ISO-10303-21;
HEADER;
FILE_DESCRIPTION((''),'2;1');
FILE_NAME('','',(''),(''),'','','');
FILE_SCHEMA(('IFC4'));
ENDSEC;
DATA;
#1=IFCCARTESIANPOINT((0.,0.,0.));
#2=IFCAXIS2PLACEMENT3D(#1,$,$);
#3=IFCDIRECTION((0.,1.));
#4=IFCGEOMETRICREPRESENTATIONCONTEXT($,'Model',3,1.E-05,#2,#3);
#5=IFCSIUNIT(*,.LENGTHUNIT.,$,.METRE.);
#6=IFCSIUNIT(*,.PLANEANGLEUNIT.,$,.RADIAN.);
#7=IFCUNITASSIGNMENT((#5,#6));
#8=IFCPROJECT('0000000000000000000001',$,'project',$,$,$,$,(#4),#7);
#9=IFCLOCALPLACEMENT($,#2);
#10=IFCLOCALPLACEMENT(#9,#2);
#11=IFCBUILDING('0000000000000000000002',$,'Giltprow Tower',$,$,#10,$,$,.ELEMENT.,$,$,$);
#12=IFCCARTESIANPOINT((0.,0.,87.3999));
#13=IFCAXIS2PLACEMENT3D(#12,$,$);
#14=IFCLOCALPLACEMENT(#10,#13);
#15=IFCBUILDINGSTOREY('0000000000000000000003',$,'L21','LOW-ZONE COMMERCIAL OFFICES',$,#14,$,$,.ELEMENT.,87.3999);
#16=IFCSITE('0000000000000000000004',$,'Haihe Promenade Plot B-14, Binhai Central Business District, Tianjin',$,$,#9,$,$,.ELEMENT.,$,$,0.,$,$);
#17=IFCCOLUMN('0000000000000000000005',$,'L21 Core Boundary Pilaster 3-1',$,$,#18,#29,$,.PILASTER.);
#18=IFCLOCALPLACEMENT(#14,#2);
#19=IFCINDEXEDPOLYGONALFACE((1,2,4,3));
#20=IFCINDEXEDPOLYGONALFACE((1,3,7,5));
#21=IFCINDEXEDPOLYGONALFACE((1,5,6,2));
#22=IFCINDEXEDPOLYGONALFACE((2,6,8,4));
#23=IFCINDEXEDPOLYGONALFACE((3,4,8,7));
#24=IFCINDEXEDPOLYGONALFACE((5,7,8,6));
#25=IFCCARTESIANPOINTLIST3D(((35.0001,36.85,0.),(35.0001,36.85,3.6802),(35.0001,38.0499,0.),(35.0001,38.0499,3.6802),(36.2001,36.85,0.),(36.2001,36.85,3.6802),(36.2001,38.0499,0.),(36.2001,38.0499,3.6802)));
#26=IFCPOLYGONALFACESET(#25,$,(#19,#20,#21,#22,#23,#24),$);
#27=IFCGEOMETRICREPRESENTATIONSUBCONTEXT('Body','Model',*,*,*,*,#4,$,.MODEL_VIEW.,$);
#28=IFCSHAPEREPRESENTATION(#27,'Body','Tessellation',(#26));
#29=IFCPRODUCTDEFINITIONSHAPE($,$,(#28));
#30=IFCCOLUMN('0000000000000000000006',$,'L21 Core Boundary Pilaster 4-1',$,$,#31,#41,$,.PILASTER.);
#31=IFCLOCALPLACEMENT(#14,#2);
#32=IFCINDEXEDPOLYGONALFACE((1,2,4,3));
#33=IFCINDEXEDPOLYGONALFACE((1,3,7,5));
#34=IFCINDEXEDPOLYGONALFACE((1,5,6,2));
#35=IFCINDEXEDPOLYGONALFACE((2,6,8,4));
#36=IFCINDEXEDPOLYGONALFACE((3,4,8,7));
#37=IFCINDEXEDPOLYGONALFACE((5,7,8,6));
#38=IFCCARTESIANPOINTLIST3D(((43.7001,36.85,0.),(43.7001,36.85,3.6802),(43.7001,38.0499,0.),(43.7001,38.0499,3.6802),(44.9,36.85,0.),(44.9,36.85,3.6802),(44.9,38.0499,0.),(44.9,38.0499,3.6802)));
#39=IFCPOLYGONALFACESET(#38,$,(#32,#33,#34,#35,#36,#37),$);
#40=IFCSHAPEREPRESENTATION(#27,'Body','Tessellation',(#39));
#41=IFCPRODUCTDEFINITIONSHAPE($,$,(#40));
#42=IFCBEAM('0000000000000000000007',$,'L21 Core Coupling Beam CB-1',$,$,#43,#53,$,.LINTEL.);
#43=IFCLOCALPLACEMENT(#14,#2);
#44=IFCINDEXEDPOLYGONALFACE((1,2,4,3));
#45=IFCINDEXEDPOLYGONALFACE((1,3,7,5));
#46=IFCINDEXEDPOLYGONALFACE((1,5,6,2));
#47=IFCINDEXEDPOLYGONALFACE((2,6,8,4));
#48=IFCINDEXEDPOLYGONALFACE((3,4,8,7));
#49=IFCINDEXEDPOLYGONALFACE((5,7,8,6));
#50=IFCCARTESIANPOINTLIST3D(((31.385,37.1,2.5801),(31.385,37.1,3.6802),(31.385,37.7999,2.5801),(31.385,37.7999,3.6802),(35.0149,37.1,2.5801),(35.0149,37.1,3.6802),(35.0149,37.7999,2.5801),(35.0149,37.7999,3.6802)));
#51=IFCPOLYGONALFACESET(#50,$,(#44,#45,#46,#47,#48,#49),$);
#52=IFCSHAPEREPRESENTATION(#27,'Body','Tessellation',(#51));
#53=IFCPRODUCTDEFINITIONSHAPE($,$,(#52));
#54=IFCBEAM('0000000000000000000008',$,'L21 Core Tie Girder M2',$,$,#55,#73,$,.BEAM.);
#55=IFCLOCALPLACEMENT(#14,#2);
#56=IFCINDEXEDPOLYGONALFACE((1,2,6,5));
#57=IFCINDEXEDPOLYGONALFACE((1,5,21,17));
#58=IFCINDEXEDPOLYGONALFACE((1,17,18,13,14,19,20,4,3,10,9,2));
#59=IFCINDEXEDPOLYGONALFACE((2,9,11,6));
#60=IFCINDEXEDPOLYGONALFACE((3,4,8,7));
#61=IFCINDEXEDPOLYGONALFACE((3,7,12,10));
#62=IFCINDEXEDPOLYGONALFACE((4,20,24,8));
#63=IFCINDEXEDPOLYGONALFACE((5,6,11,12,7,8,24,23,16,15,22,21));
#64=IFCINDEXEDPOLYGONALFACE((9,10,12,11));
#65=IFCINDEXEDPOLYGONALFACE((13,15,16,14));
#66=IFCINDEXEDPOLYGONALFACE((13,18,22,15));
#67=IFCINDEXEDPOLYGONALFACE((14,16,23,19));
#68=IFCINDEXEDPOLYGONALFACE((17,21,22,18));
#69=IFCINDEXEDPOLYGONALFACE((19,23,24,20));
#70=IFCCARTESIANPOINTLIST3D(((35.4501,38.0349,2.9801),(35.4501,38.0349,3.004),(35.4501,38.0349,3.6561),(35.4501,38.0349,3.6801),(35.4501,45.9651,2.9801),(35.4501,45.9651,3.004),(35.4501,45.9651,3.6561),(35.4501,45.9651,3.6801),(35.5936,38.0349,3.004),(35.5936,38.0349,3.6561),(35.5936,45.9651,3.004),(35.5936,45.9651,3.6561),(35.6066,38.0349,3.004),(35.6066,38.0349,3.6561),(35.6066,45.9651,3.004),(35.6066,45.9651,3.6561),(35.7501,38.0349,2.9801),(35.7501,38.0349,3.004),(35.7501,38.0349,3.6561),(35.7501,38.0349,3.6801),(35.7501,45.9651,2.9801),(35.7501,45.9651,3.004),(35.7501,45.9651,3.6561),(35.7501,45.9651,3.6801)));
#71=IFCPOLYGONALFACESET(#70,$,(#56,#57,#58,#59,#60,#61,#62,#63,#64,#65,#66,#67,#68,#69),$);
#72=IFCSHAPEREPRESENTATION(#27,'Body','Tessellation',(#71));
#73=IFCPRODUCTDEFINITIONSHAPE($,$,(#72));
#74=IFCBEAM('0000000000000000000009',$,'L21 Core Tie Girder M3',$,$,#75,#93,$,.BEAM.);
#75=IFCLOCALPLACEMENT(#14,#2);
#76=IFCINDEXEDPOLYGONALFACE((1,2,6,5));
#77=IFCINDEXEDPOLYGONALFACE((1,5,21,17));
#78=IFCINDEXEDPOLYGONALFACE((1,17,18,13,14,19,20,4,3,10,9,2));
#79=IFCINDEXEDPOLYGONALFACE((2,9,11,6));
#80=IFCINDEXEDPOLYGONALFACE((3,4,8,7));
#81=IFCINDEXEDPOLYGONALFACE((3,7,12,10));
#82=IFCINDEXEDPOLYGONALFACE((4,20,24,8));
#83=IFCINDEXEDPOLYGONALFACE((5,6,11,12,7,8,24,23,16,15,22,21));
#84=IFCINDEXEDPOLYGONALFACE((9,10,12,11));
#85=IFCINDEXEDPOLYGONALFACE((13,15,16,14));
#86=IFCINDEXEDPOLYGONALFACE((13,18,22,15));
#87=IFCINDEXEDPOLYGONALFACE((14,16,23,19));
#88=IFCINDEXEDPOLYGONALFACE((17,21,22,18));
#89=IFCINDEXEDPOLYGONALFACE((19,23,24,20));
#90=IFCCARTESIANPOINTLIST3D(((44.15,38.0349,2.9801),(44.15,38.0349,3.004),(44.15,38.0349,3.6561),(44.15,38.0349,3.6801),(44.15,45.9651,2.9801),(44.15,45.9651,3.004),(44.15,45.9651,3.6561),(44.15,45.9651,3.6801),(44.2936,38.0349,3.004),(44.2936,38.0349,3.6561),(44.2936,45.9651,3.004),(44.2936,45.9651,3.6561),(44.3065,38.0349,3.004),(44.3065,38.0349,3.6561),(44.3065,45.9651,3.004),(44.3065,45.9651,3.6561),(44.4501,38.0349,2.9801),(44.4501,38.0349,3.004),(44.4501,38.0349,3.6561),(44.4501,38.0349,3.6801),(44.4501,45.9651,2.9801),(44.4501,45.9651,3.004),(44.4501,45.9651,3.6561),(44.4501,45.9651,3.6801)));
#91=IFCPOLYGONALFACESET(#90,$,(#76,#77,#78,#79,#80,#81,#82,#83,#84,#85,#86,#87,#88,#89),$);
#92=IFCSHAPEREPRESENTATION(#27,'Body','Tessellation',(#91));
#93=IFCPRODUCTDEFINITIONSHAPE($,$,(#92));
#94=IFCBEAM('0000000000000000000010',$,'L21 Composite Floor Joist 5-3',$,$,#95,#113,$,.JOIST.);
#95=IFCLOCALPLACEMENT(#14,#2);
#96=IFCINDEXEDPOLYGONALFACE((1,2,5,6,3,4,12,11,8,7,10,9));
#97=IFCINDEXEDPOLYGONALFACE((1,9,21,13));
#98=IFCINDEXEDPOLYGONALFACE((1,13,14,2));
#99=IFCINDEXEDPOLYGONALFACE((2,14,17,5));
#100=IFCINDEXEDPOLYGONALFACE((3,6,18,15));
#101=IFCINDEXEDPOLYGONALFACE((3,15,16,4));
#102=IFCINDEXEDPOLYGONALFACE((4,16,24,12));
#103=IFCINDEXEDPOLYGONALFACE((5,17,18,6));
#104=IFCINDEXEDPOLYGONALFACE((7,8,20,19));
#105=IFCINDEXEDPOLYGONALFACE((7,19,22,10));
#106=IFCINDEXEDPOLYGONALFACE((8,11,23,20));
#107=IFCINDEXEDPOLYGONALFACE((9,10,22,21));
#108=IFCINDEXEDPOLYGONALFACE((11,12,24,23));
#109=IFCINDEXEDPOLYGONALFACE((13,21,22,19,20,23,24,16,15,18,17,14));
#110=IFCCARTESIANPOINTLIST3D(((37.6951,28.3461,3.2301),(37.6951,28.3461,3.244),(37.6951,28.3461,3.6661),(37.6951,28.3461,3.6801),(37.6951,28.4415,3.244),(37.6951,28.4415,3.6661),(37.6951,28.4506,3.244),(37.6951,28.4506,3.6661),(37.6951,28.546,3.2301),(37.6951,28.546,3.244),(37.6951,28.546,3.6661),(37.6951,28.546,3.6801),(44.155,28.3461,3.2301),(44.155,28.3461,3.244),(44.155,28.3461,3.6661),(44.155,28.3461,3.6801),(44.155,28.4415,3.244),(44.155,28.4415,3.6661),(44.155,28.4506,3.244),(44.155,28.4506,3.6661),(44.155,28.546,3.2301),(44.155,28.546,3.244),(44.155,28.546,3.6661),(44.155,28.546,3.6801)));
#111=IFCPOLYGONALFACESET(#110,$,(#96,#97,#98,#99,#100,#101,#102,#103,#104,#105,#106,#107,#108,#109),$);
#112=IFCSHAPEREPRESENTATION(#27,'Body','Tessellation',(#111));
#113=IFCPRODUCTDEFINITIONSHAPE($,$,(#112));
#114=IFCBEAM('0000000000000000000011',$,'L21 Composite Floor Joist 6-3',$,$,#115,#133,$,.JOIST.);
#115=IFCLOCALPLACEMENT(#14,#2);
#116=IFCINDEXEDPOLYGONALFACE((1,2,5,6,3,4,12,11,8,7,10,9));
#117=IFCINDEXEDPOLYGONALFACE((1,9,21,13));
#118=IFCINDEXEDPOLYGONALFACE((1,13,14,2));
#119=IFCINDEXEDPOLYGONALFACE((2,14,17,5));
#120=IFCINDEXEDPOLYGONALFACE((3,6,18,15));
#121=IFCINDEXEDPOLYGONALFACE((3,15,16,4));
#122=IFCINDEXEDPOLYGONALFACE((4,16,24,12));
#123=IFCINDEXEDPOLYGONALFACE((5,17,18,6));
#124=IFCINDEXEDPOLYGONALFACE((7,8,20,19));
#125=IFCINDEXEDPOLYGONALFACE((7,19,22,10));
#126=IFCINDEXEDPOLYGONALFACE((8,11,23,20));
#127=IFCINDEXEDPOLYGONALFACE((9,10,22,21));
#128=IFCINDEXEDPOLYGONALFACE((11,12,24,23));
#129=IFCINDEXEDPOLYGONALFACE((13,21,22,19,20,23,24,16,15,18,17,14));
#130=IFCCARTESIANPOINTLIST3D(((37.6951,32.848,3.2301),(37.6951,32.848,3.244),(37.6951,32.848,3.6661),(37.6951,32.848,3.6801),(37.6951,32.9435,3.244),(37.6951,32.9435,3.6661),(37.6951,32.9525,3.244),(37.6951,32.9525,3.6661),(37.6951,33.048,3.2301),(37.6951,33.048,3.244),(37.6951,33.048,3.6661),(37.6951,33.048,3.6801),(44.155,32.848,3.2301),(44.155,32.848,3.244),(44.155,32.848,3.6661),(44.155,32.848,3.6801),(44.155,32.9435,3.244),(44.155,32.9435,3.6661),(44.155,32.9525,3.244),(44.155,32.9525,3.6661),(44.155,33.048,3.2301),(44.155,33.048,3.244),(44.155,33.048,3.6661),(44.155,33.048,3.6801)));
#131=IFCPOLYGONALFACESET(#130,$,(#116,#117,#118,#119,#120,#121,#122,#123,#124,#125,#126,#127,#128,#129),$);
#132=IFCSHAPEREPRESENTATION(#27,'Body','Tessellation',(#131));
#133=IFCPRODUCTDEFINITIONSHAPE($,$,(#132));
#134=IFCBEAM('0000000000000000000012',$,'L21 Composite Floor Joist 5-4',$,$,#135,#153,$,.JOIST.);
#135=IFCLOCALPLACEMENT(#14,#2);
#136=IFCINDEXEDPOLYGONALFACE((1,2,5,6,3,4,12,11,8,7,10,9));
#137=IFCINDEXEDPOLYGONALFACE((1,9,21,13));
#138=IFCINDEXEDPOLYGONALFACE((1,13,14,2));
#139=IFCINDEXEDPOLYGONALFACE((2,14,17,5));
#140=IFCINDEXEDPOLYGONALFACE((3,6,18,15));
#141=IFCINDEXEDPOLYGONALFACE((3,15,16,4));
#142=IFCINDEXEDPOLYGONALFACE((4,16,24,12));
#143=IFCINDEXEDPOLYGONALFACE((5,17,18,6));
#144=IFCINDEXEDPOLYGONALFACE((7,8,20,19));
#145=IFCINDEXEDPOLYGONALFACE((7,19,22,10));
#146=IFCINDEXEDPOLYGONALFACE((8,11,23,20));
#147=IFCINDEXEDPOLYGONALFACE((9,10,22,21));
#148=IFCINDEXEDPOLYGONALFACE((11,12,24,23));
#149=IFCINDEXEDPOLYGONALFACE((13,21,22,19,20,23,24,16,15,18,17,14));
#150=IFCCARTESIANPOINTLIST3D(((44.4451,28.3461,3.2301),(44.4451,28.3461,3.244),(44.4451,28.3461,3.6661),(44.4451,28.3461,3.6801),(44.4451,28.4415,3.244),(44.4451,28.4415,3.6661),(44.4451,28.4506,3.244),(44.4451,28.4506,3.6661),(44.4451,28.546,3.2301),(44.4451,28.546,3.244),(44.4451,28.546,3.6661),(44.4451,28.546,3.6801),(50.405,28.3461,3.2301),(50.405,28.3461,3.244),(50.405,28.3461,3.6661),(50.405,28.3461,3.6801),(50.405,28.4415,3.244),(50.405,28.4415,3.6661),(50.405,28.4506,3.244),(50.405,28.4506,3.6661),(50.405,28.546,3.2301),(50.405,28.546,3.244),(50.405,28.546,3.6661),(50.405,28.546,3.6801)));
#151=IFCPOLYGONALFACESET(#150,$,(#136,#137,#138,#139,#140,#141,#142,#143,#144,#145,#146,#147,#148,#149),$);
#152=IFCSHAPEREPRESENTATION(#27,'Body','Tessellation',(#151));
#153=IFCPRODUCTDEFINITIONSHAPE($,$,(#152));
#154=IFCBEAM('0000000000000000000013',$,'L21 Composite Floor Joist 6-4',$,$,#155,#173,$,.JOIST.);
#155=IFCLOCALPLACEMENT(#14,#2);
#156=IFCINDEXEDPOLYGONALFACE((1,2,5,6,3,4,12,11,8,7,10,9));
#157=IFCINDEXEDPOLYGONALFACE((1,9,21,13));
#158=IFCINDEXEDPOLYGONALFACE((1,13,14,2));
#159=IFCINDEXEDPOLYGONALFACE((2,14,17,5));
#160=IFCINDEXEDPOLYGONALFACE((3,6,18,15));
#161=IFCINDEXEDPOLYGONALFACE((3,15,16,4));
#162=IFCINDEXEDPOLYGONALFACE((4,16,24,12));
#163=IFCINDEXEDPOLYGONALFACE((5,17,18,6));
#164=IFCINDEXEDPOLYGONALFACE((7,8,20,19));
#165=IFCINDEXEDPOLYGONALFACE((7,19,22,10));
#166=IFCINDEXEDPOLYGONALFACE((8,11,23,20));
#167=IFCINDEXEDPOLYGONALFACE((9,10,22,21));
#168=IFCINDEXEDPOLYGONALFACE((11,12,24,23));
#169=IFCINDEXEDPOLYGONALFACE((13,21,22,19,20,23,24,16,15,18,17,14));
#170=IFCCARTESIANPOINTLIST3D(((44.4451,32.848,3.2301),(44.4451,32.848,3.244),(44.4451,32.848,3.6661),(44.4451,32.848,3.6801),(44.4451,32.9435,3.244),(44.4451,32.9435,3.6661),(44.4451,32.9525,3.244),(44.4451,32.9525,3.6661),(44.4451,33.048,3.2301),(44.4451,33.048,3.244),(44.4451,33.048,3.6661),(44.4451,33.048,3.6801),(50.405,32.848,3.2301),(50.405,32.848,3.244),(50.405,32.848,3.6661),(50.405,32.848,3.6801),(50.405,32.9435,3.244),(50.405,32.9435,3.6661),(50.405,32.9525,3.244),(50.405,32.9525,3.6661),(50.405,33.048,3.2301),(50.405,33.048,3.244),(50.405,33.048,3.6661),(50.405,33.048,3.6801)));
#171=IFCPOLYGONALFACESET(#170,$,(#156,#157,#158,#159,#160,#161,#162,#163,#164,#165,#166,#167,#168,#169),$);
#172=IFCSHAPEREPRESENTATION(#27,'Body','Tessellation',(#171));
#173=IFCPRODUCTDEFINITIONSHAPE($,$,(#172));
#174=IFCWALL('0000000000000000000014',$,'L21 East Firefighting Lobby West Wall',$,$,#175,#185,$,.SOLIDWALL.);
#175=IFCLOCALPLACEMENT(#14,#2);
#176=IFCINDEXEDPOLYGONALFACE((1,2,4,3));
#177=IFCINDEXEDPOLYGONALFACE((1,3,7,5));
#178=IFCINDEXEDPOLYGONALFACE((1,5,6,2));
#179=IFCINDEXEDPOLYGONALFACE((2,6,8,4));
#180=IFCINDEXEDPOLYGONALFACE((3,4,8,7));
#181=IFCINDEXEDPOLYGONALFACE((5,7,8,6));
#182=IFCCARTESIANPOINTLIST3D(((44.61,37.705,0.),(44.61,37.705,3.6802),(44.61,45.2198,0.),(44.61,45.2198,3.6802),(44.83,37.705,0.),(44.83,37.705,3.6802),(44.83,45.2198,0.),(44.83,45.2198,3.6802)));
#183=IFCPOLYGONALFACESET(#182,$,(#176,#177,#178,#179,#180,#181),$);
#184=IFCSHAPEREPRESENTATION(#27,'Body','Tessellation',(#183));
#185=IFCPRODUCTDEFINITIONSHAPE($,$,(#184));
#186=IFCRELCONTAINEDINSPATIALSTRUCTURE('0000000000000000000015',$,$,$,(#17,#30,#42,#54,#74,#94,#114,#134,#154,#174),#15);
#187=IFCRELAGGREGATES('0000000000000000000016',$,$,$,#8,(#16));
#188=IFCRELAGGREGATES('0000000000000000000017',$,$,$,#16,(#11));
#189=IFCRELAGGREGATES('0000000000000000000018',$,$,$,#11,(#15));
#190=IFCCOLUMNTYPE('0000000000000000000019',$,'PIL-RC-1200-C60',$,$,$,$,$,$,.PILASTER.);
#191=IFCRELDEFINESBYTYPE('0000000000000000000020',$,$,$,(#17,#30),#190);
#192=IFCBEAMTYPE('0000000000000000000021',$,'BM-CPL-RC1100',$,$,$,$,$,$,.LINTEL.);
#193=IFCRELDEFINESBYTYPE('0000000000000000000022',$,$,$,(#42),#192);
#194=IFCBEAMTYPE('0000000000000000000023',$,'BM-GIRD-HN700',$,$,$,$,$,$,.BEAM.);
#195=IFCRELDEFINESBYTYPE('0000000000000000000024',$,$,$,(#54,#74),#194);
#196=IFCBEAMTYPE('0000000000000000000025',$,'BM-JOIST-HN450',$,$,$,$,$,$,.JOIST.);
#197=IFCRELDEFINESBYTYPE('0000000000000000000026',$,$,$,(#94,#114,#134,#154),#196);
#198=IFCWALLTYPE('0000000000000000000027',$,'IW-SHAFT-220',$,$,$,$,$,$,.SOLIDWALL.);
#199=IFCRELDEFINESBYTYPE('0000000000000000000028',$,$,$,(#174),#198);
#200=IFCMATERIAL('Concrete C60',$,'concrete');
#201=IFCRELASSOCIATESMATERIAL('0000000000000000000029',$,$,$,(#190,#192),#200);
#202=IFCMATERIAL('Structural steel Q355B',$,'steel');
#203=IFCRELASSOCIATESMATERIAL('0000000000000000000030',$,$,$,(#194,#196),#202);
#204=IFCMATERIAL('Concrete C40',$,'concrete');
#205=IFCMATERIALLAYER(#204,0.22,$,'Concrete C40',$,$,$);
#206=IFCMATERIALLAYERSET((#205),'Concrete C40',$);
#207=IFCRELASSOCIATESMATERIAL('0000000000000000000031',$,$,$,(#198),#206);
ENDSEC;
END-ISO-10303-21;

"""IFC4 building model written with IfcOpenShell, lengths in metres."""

from ifc_helpers import new_model, si_unit, direction, frame, frame_2d, origin, origin_2d, place, context, subcontext, project, spatial, rectangle, i_section, extrude, source, transform, mapped, material, layer, layer_set, material_profile, profile_set, type_object, element, save


model = new_model("IFC4")

# Units and contexts
model_context = context("Model", 3, precision=1e-05, world=origin(), true_north=direction((0.0, 1.0)))
body_context = subcontext(model_context, "Body", "Model", "MODEL_VIEW")
ifc_project = project(units=[si_unit("LENGTHUNIT", "METRE"), si_unit("PLANEANGLEUNIT", "RADIAN")], contexts=[model_context])

# Site, building, storey
site_placement = place(None, origin())
site = spatial("IfcSite", under=ifc_project, at=site_placement, Name="Haihe Promenade Plot B-14, Binhai Central Business District, Tianjin", CompositionType="ELEMENT", RefElevation=0.0)
building_placement = place(site_placement, origin())
building = spatial("IfcBuilding", under=site, at=building_placement, Name="Giltprow Tower", CompositionType="ELEMENT")
storey_placement = place(building_placement, frame((0.0, 0.0, 87.3999)))
storey = spatial("IfcBuildingStorey", under=building, at=storey_placement, Name="L21", Description="LOW-ZONE COMMERCIAL OFFICES", CompositionType="ELEMENT", Elevation=87.3999)

# Columns
ifc_material_1 = material(Name="Concrete C60", Category="concrete")
ifc_material_profile_1 = material_profile(ifc_material_1, rectangle(XDim=1.2, YDim=1.2, at=origin_2d()), Name="RC 1200x1200")
ifc_profile_set_1 = profile_set([ifc_material_profile_1], Name="Concrete C60")
column_type = type_object("IfcColumnType", Name="PIL-RC-1200-C60", PredefinedType="PILASTER", material=ifc_profile_set_1)
shared_shape_1 = source(origin(), body_context, "Body", "SweptSolid", [
    extrude(rectangle(XDim=1.2, YDim=1.2, at=origin_2d()), origin(), (0.0, 0.0, 1.0), 3.6802),
])
for number, where, z_axis, x_axis, name in (
    (1, (35.6001, 37.45, 0.0), (0.0, 0.0, 1.0), (1.0, 0.0, 0.0), "L21 Core Boundary Pilaster 3-1"),
    (2, (44.3, 37.45, 0.0), (0.0, 0.0, 1.0), (1.0, 0.0, 0.0), "L21 Core Boundary Pilaster 4-1"),
):
    element("IfcColumn", number, at=place(storey_placement, frame(where, z_axis=z_axis, x_axis=x_axis)), inside=storey, type_object=column_type, Name=name, PredefinedType="PILASTER", context=body_context, shape_type="MappedRepresentation", body=[
        mapped(shared_shape_1, transform((0.0, 0.0, 0.0), x_axis=(1.0, 0.0, 0.0), y_axis=(0.0, 1.0, 0.0), z_axis=(0.0, 0.0, 1.0), scale=1.0)),
    ])

# Beams
ifc_material_profile_2 = material_profile(ifc_material_1, rectangle(XDim=0.7, YDim=1.1001, at=origin_2d()), Name="RC 1100x700")
ifc_profile_set_2 = profile_set([ifc_material_profile_2], Name="Concrete C60")
beam_type_1 = type_object("IfcBeamType", Name="BM-CPL-RC1100", PredefinedType="LINTEL", material=ifc_profile_set_2)
shared_shape_2 = source(origin(), body_context, "Body", "SweptSolid", [
    extrude(rectangle(XDim=0.7, YDim=1.1001, at=origin_2d()), origin(), (0.0, 0.0, 1.0), 3.6299),
])
beam_placement = place(storey_placement, frame((31.385, 37.45, 3.1301), z_axis=(1.0, 0.0, 0.0), x_axis=(0.0, 1.0, 0.0)))
element("IfcBeam", 3, at=beam_placement, inside=storey, type_object=beam_type_1, Name="L21 Core Coupling Beam CB-1", PredefinedType="LINTEL", context=body_context, shape_type="MappedRepresentation", body=[
    mapped(shared_shape_2, transform((0.0, 0.0, 0.0), x_axis=(1.0, 0.0, 0.0), y_axis=(0.0, 1.0, 0.0), z_axis=(0.0, 0.0, 1.0), scale=1.0)),
])
ifc_material_2 = material(Name="Structural steel Q355B", Category="steel")
ifc_material_profile_3 = material_profile(ifc_material_2, i_section(OverallWidth=0.3, OverallDepth=0.7, WebThickness=0.0129, FlangeThickness=0.0239, at=origin_2d()), Name="HN 700x300x13x24")
ifc_profile_set_3 = profile_set([ifc_material_profile_3], Name="Structural steel Q355B")
beam_type_2 = type_object("IfcBeamType", Name="BM-GIRD-HN700", PredefinedType="BEAM", material=ifc_profile_set_3)
shared_shape_3 = source(origin(), body_context, "Body", "SweptSolid", [
    extrude(i_section(OverallWidth=0.3, OverallDepth=0.7, WebThickness=0.0129, FlangeThickness=0.0239, at=origin_2d()), origin(), (0.0, 0.0, 1.0), 7.9302),
])
for number, where, z_axis, x_axis, name in (
    (4, (35.6001, 38.0349, 3.3301), (0.0, 1.0, 0.0), (-1.0, 0.0, 0.0), "L21 Core Tie Girder M2"),
    (5, (44.3, 38.0349, 3.3301), (0.0, 1.0, 0.0), (-1.0, 0.0, 0.0), "L21 Core Tie Girder M3"),
):
    element("IfcBeam", number, at=place(storey_placement, frame(where, z_axis=z_axis, x_axis=x_axis)), inside=storey, type_object=beam_type_2, Name=name, PredefinedType="BEAM", context=body_context, shape_type="MappedRepresentation", body=[
        mapped(shared_shape_3, transform((0.0, 0.0, 0.0), x_axis=(1.0, 0.0, 0.0), y_axis=(0.0, 1.0, 0.0), z_axis=(0.0, 0.0, 1.0), scale=1.0)),
    ])
ifc_material_profile_4 = material_profile(ifc_material_2, i_section(OverallWidth=0.2, OverallDepth=0.45, WebThickness=0.009, FlangeThickness=0.0139, at=origin_2d()), Name="HN 450x200x9x14")
ifc_profile_set_4 = profile_set([ifc_material_profile_4], Name="Structural steel Q355B")
beam_type_3 = type_object("IfcBeamType", Name="BM-JOIST-HN450", PredefinedType="JOIST", material=ifc_profile_set_4)
shared_shape_4 = source(origin(), body_context, "Body", "SweptSolid", [
    extrude(i_section(OverallWidth=0.2, OverallDepth=0.45, WebThickness=0.009, FlangeThickness=0.0139, at=origin_2d()), origin(), (0.0, 0.0, 1.0), 6.46),
])
for number, where, z_axis, x_axis, name in (
    (6, (37.6951, 28.446, 3.4551), (1.0, 0.0, 0.0), (0.0, 1.0, 0.0), "L21 Composite Floor Joist 5-3"),
    (7, (37.6951, 32.948, 3.4551), (1.0, 0.0, 0.0), (0.0, 1.0, 0.0), "L21 Composite Floor Joist 6-3"),
):
    element("IfcBeam", number, at=place(storey_placement, frame(where, z_axis=z_axis, x_axis=x_axis)), inside=storey, type_object=beam_type_3, Name=name, PredefinedType="JOIST", context=body_context, shape_type="MappedRepresentation", body=[
        mapped(shared_shape_4, transform((0.0, 0.0, 0.0), x_axis=(1.0, 0.0, 0.0), y_axis=(0.0, 1.0, 0.0), z_axis=(0.0, 0.0, 1.0), scale=1.0)),
    ])
shared_shape_5 = source(origin(), body_context, "Body", "SweptSolid", [
    extrude(i_section(OverallWidth=0.2, OverallDepth=0.45, WebThickness=0.009, FlangeThickness=0.0139, at=origin_2d()), origin(), (0.0, 0.0, 1.0), 5.96),
])
for number, where, z_axis, x_axis, name in (
    (8, (44.4451, 28.446, 3.4551), (1.0, 0.0, 0.0), (0.0, 1.0, 0.0), "L21 Composite Floor Joist 5-4"),
    (9, (44.4451, 32.948, 3.4551), (1.0, 0.0, 0.0), (0.0, 1.0, 0.0), "L21 Composite Floor Joist 6-4"),
):
    element("IfcBeam", number, at=place(storey_placement, frame(where, z_axis=z_axis, x_axis=x_axis)), inside=storey, type_object=beam_type_3, Name=name, PredefinedType="JOIST", context=body_context, shape_type="MappedRepresentation", body=[
        mapped(shared_shape_5, transform((0.0, 0.0, 0.0), x_axis=(1.0, 0.0, 0.0), y_axis=(0.0, 1.0, 0.0), z_axis=(0.0, 0.0, 1.0), scale=1.0)),
    ])

# Wall
ifc_material_3 = material(Name="Concrete C40", Category="concrete")
ifc_layer_1 = layer(ifc_material_3, 0.22, Name="Concrete C40")
ifc_layer_set_1 = layer_set([ifc_layer_1], Name="Concrete C40")
wall_type_1 = type_object("IfcWallType", Name="IW-SHAFT-220", PredefinedType="SOLIDWALL", material=ifc_layer_set_1)
wall_1_placement = place(storey_placement, frame((44.72, 37.7051, 0.0), z_axis=(0.0, 0.0, 1.0), x_axis=(0.0, 1.0, 0.0)))
element("IfcWall", 10, at=wall_1_placement, inside=storey, type_object=wall_type_1, Name="L21 East Firefighting Lobby West Wall", PredefinedType="SOLIDWALL", context=body_context, shape_type="SweptSolid", body=[
    extrude(rectangle(XDim=7.5149, YDim=0.22, at=frame_2d((3.7573, 0.0))), origin(), (0.0, 0.0, 1.0), 3.6802),
])

save(model, "model.ifc")
